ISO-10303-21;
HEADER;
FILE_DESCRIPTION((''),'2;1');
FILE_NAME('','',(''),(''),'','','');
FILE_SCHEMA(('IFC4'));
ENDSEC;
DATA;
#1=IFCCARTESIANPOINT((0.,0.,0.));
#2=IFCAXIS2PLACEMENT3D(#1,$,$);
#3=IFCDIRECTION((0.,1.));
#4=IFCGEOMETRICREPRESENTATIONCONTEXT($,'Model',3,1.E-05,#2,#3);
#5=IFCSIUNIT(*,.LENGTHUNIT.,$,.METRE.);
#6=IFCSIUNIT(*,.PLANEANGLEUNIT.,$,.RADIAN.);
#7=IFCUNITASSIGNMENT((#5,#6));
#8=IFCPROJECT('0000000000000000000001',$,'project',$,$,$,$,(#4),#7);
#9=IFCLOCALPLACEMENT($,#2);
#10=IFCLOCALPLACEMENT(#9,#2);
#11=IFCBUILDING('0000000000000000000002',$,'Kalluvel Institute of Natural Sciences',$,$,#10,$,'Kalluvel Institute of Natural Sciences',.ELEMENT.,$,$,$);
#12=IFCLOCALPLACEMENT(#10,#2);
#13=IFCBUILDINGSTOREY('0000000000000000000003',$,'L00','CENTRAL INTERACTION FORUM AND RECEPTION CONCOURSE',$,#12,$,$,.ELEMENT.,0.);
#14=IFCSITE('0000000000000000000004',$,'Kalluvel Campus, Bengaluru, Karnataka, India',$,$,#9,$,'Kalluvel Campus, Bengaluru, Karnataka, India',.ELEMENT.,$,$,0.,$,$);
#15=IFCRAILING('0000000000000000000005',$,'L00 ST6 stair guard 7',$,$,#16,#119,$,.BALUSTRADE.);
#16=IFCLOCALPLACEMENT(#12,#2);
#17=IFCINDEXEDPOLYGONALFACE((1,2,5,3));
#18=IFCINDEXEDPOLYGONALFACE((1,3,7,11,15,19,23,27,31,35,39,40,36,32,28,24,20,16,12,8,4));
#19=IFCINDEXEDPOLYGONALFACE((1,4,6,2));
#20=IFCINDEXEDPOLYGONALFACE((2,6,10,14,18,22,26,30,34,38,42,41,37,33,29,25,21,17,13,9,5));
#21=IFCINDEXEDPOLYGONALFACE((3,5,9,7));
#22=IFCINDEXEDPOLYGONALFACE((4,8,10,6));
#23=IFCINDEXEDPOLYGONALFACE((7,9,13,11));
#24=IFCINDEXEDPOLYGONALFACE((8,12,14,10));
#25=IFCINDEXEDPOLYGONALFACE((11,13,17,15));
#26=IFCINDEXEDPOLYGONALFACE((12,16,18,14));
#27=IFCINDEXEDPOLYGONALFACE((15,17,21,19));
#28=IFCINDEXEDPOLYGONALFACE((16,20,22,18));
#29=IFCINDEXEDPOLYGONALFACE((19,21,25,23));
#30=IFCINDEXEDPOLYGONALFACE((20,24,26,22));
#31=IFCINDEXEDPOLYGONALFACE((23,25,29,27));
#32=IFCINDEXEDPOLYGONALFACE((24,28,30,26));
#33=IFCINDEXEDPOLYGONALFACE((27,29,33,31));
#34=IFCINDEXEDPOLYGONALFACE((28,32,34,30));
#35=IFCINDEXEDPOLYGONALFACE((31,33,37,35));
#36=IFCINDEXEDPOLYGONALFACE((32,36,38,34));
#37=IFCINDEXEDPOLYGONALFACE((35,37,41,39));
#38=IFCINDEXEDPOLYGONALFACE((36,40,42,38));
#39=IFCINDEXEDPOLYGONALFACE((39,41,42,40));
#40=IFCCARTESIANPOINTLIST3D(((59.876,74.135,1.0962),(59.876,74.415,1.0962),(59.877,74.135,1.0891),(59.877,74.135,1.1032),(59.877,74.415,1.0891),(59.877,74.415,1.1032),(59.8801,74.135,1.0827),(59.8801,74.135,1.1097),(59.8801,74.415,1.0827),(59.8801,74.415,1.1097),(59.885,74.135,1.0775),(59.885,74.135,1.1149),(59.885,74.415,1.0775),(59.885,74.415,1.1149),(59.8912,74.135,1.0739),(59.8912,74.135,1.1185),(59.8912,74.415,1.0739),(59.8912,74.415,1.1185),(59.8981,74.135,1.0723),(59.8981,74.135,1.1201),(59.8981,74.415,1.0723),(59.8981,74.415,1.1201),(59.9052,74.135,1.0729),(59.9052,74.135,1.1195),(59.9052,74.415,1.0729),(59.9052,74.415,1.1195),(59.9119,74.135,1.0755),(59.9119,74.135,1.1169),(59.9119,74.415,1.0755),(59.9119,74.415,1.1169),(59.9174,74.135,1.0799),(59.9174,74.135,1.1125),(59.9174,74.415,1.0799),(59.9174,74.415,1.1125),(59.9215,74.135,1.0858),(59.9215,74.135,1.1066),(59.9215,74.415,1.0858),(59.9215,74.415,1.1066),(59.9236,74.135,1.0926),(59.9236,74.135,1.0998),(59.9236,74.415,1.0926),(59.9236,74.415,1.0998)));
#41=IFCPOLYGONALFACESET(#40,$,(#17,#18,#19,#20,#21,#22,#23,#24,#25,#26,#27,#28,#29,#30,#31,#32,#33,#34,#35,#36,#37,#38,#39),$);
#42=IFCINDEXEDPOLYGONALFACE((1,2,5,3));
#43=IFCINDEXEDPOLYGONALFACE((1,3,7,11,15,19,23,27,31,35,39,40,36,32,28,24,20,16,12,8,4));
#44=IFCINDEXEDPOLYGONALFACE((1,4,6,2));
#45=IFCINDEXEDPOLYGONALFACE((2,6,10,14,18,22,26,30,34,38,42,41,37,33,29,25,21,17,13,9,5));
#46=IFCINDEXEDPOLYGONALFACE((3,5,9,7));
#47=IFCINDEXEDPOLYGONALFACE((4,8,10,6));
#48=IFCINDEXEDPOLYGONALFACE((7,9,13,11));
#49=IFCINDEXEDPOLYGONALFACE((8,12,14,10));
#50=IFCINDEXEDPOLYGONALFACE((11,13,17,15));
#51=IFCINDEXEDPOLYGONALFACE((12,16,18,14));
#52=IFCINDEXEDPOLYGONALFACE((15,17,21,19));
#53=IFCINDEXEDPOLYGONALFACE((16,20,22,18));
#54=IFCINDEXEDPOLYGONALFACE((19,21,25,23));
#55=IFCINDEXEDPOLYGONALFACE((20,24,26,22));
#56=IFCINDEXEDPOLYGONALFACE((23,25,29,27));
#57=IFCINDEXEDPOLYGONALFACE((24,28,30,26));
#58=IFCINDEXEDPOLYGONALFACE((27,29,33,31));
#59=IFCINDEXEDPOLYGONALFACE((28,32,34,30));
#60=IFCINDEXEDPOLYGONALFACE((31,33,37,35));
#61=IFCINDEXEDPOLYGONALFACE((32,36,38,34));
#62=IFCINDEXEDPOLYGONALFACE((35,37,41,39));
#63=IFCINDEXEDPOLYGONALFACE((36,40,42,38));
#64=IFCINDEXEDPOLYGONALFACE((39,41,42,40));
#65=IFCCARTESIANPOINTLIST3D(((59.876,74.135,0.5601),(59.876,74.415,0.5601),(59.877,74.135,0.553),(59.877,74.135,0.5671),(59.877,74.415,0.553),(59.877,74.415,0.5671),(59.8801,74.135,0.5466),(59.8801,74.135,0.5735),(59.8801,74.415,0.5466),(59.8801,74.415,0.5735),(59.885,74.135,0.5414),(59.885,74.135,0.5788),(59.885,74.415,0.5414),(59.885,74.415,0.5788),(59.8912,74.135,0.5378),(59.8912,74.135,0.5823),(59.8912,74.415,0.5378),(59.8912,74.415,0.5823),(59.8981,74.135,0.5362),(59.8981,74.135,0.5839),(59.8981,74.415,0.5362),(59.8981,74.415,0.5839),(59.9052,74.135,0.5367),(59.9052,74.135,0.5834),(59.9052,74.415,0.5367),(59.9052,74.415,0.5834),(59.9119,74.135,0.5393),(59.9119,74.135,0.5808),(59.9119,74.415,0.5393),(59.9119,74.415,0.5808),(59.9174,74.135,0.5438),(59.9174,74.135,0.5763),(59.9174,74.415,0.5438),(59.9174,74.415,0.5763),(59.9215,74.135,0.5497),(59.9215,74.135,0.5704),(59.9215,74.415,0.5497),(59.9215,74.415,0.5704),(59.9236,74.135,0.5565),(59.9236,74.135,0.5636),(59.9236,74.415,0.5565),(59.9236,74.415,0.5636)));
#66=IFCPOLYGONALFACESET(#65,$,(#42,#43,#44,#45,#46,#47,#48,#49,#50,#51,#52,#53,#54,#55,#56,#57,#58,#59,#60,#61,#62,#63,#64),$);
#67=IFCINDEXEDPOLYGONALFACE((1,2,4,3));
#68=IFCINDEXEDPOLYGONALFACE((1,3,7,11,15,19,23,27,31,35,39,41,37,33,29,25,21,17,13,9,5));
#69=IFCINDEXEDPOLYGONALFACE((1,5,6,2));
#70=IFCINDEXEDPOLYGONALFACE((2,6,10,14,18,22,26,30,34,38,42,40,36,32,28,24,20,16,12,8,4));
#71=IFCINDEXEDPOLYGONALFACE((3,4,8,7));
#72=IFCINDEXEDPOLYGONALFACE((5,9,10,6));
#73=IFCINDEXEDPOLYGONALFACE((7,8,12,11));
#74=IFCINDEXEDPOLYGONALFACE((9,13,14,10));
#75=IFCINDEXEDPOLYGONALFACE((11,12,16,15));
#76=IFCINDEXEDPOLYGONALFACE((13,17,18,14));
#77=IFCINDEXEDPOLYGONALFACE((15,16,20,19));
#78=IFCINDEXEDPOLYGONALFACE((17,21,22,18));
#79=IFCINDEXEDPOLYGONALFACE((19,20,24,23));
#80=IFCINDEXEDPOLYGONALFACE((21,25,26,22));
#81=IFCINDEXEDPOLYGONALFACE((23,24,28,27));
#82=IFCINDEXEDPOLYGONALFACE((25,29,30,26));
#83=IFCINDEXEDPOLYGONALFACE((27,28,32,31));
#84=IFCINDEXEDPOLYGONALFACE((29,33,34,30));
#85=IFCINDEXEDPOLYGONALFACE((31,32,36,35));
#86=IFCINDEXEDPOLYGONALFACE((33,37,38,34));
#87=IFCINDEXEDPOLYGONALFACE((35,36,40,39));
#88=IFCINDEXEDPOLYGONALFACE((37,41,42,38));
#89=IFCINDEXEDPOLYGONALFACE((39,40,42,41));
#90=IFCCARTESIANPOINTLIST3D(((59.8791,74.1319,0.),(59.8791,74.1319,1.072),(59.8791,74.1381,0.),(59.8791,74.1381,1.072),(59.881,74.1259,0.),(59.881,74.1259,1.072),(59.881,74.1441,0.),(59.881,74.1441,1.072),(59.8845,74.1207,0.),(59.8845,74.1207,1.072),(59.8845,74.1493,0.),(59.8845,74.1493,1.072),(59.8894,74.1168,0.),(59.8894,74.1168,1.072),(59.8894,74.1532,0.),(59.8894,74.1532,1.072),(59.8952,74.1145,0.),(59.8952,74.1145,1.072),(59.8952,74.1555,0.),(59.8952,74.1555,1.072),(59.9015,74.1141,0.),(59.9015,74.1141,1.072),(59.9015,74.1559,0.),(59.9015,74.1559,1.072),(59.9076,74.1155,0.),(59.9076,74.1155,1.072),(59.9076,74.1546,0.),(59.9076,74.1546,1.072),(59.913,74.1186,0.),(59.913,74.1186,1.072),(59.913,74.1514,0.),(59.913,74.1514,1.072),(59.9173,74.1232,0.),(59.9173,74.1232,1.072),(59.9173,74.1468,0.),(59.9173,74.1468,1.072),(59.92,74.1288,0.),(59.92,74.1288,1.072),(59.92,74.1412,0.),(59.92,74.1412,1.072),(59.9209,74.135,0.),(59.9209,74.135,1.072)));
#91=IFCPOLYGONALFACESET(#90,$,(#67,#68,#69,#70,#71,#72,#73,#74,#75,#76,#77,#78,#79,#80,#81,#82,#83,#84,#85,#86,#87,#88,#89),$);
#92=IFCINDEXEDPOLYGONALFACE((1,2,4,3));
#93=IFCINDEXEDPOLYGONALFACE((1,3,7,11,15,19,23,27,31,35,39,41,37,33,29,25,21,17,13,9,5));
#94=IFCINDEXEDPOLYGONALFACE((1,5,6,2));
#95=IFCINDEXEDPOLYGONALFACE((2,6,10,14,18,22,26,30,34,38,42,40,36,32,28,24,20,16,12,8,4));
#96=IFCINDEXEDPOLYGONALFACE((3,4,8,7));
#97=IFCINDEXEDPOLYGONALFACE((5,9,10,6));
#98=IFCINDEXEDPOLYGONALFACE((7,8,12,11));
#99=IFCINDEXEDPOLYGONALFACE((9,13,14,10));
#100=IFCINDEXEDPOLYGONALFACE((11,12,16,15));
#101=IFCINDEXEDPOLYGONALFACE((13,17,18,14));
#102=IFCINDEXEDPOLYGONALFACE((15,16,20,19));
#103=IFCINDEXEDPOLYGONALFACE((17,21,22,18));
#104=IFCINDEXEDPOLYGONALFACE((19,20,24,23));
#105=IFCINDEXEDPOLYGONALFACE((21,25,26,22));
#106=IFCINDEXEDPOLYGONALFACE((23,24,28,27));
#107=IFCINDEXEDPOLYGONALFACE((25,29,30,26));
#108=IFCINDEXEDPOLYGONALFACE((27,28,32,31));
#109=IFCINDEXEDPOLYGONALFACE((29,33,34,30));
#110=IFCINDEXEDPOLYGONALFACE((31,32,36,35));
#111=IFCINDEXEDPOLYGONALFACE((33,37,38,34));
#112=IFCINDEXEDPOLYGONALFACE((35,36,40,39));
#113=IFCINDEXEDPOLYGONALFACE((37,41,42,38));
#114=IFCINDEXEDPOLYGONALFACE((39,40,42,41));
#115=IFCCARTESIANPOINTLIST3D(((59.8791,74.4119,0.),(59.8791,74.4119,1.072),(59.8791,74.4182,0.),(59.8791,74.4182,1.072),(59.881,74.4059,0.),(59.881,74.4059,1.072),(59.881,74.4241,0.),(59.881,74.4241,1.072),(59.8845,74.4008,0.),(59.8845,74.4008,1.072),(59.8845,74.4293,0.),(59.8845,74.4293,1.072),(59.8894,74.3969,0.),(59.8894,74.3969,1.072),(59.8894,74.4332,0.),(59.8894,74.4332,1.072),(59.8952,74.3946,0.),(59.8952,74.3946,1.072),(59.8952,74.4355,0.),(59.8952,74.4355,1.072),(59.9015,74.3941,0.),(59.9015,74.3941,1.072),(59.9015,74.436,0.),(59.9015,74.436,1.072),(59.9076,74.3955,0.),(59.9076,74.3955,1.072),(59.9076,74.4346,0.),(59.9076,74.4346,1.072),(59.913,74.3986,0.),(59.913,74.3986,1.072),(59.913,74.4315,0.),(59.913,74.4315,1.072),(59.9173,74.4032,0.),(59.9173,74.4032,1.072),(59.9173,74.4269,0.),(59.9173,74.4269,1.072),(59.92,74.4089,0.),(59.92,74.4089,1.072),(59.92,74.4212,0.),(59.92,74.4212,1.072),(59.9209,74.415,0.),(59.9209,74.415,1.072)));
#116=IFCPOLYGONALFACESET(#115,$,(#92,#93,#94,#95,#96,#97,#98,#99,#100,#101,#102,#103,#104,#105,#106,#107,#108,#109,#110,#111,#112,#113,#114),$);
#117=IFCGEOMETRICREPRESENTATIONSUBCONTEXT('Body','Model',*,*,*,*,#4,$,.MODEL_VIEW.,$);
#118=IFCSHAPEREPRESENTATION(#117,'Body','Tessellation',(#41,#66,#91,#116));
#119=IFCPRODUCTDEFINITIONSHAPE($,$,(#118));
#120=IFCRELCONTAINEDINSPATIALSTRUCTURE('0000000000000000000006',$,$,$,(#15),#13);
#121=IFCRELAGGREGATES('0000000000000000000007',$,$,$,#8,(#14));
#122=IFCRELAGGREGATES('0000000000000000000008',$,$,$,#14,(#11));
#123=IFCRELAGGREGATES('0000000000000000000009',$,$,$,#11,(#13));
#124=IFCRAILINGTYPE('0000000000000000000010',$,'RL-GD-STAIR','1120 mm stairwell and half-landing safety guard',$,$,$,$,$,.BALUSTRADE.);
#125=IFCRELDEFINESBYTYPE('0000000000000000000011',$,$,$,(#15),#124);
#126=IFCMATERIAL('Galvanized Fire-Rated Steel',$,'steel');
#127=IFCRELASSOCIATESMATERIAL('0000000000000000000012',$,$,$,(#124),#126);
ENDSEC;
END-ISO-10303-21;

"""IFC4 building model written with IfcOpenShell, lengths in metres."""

from ifc_helpers import new_model, si_unit, direction, frame, origin, origin_2d, place, context, subcontext, project, spatial, circle, extrude, material, type_object, element, save


model = new_model("IFC4")

# Units and contexts
model_context = context("Model", 3, precision=1e-05, world=origin(), true_north=direction((0.0, 1.0)))
body_context = subcontext(model_context, "Body", "Model", "MODEL_VIEW")
ifc_project = project(units=[si_unit("LENGTHUNIT", "METRE"), si_unit("PLANEANGLEUNIT", "RADIAN")], contexts=[model_context])

# Site, building, storey
site_placement = place(None, origin())
site = spatial("IfcSite", under=ifc_project, at=site_placement, Name="Kalluvel Campus, Bengaluru, Karnataka, India", LongName="Kalluvel Campus, Bengaluru, Karnataka, India", CompositionType="ELEMENT", RefElevation=0.0)
building_placement = place(site_placement, origin())
building = spatial("IfcBuilding", under=site, at=building_placement, Name="Kalluvel Institute of Natural Sciences", LongName="Kalluvel Institute of Natural Sciences", CompositionType="ELEMENT")
storey_placement = place(building_placement, origin())
storey = spatial("IfcBuildingStorey", under=building, at=storey_placement, Name="L00", Description="CENTRAL INTERACTION FORUM AND RECEPTION CONCOURSE", CompositionType="ELEMENT", Elevation=0.0)

# Railing
ifc_material_1 = material(Name="Galvanized Fire-Rated Steel", Category="steel")
railing_type_1 = type_object("IfcRailingType", Name="RL-GD-STAIR", Description="1120 mm stairwell and half-landing safety guard", PredefinedType="BALUSTRADE", material=ifc_material_1)
railing_1_placement = place(storey_placement, frame((59.8999, 74.135, 0.0)))
element("IfcRailing", 1, at=railing_1_placement, inside=storey, type_object=railing_type_1, Name="L00 ST6 stair guard 7", PredefinedType="BALUSTRADE", context=body_context, shape_type="SweptSolid", body=[
    extrude(circle(Radius=0.0239, at=origin_2d()), frame((0.0, 0.0, 1.0962), z_axis=(0.0, 1.0, 0.0), x_axis=(-1.0, 0.0, 0.0)), (0.0, 0.0, 1.0), 0.28),
    extrude(circle(Radius=0.0239, at=origin_2d()), frame((0.0, 0.0, 0.5601), z_axis=(0.0, 1.0, 0.0), x_axis=(-1.0, 0.0, 0.0)), (0.0, 0.0, 1.0), 0.28),
    extrude(circle(Radius=0.021, at=origin_2d()), origin(), (0.0, 0.0, 1.0), 1.072),
    extrude(circle(Radius=0.021, at=origin_2d()), frame((0.0, 0.28, 0.0)), (0.0, 0.0, 1.0), 1.072),
])

save(model, "model.ifc")
